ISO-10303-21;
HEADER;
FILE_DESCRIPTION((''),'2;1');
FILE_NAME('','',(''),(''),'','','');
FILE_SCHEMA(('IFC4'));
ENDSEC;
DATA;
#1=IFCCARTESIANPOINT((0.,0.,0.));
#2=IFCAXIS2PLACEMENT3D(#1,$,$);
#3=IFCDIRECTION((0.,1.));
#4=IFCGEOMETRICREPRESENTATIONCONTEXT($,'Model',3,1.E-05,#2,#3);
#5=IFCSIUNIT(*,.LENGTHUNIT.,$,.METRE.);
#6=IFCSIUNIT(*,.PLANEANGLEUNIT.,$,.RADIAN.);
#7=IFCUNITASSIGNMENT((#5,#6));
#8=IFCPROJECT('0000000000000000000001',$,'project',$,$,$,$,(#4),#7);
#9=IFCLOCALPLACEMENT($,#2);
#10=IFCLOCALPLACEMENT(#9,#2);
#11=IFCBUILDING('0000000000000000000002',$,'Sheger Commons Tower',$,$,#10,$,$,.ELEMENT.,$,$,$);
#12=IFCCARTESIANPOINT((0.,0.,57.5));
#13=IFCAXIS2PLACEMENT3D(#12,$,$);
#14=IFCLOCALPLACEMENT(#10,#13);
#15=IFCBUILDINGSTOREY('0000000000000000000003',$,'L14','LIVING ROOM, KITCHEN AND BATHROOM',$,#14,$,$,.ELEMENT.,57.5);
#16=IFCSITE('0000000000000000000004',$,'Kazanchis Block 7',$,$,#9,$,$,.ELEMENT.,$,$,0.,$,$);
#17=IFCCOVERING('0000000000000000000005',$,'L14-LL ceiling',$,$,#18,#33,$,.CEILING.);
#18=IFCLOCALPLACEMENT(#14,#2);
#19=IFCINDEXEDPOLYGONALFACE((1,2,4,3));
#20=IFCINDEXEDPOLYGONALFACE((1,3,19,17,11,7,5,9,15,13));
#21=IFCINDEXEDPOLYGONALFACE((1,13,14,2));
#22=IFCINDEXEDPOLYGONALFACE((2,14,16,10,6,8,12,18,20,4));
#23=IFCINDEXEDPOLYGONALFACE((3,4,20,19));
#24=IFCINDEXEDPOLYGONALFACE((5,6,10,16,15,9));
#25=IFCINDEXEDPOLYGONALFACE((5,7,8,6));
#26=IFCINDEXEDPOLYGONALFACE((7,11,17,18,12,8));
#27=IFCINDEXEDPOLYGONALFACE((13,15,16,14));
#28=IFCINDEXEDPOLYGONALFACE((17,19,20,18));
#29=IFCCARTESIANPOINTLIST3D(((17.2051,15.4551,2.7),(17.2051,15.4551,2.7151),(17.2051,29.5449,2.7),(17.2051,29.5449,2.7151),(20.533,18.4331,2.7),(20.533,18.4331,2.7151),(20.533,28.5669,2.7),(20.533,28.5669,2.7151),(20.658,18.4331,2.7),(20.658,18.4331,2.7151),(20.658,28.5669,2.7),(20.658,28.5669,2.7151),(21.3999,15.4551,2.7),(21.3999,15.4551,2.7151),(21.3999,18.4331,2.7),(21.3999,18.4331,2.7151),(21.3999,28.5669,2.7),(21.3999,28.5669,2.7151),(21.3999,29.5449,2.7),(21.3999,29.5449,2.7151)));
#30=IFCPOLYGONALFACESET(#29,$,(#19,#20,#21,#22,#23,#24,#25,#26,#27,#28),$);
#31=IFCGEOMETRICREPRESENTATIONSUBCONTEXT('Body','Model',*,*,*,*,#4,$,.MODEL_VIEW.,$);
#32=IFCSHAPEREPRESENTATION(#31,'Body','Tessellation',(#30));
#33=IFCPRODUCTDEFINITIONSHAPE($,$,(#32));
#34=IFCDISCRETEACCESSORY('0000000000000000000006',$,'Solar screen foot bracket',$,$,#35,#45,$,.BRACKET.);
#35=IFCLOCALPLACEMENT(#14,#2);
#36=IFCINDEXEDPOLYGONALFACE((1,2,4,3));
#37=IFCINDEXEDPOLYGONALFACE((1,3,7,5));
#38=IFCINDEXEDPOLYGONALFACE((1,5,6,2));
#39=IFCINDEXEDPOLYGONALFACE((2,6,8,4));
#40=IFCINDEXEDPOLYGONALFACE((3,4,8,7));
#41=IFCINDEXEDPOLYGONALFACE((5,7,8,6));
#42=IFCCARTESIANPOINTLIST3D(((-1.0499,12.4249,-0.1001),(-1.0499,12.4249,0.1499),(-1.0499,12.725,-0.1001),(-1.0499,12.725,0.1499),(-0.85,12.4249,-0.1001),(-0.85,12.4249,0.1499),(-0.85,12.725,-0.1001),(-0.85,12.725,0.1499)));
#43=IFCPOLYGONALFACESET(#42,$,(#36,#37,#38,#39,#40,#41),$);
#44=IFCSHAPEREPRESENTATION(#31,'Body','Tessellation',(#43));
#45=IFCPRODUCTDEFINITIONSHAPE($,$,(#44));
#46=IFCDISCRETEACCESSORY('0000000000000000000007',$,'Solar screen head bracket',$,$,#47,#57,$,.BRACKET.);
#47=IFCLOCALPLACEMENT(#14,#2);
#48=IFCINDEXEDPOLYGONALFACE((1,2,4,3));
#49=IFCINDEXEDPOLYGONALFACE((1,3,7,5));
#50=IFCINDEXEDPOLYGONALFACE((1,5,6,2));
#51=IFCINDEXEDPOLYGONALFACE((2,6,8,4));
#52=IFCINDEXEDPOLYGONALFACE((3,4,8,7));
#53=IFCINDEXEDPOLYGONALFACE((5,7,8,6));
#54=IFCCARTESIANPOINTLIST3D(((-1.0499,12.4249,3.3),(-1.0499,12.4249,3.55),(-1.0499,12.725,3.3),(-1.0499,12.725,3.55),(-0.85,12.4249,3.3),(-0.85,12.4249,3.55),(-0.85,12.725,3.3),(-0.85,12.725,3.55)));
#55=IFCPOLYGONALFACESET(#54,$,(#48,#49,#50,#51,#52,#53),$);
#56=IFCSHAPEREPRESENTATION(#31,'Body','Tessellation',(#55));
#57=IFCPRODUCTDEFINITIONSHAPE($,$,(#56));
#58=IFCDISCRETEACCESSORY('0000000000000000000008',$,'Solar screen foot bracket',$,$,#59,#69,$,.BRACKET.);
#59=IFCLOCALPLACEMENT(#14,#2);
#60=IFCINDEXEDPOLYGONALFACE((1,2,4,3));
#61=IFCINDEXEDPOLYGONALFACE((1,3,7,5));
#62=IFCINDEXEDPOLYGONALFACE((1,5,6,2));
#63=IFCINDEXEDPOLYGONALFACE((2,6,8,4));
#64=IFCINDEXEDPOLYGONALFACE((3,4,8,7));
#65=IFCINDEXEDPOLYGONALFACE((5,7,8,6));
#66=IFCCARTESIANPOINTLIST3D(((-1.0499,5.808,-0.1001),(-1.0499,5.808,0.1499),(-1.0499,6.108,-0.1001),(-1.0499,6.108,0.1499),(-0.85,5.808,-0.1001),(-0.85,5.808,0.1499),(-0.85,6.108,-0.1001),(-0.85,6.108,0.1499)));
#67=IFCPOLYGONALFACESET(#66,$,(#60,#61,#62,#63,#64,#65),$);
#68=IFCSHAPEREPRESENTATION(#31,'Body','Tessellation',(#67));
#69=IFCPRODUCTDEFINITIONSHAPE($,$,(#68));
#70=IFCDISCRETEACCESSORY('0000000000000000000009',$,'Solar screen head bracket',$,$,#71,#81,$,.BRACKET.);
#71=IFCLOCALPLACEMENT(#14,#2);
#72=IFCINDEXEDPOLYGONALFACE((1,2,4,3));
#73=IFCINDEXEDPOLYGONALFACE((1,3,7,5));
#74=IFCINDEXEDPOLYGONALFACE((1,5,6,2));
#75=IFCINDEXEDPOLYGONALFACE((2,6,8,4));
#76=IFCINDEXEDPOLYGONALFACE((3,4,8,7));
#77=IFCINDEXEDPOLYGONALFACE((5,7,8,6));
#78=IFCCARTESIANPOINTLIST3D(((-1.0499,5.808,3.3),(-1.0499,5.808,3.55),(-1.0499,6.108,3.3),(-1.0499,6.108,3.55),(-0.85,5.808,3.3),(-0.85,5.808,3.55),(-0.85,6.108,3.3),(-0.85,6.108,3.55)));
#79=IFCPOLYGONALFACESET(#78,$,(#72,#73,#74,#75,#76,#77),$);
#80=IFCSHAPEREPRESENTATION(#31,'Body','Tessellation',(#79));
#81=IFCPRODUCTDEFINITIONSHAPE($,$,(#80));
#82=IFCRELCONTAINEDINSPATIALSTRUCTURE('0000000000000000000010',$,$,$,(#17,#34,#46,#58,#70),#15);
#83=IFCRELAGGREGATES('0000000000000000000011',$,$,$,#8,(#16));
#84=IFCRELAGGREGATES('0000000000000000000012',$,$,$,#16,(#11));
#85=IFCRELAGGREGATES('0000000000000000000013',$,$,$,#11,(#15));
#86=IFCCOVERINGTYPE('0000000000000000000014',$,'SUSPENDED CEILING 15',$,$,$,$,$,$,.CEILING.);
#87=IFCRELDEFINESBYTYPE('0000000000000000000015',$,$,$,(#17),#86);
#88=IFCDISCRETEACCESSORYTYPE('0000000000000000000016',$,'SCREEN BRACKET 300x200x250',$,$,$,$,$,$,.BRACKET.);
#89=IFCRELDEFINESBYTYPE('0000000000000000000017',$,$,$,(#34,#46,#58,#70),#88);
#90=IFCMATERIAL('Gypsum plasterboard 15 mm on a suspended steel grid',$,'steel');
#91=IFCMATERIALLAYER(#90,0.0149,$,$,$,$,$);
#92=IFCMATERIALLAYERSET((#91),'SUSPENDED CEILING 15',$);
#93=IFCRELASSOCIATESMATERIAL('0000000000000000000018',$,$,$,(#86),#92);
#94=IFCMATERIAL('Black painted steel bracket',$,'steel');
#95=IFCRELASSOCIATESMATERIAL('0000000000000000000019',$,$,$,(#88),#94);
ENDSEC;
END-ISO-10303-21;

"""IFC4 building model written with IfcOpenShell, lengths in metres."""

from ifc_helpers import new_model, si_unit, direction, frame, origin, origin_2d, place, context, subcontext, project, spatial, polyline, rectangle, outline, extrude, material, layer, layer_set, type_object, element, save


model = new_model("IFC4")

# Units and contexts
model_context = context("Model", 3, precision=1e-05, world=origin(), true_north=direction((0.0, 1.0)))
body_context = subcontext(model_context, "Body", "Model", "MODEL_VIEW")
ifc_project = project(units=[si_unit("LENGTHUNIT", "METRE"), si_unit("PLANEANGLEUNIT", "RADIAN")], contexts=[model_context])

# Site, building, storey
site_placement = place(None, origin())
site = spatial("IfcSite", under=ifc_project, at=site_placement, Name="Kazanchis Block 7", CompositionType="ELEMENT", RefElevation=0.0)
building_placement = place(site_placement, origin())
building = spatial("IfcBuilding", under=site, at=building_placement, Name="Sheger Commons Tower", CompositionType="ELEMENT")
storey_placement = place(building_placement, frame((0.0, 0.0, 57.5)))
storey = spatial("IfcBuildingStorey", under=building, at=storey_placement, Name="L14", Description="LIVING ROOM, KITCHEN AND BATHROOM", CompositionType="ELEMENT", Elevation=57.5)

# Covering
ifc_material_1 = material(Name="Gypsum plasterboard 15 mm on a suspended steel grid", Category="steel")
ifc_layer_1 = layer(ifc_material_1, 0.0149)
ifc_layer_set_1 = layer_set([ifc_layer_1], Name="SUSPENDED CEILING 15")
covering_type_1 = type_object("IfcCoveringType", Name="SUSPENDED CEILING 15", PredefinedType="CEILING", material=ifc_layer_set_1)
covering_1_placement = place(storey_placement, frame((0.0, 0.0, 2.7)))
element("IfcCovering", 1, at=covering_1_placement, inside=storey, type_object=covering_type_1, Name="L14-LL ceiling", PredefinedType="CEILING", context=body_context, shape_type="SweptSolid", body=[
    extrude(outline(polyline([(17.2051, 15.4551), (21.3999, 15.4551), (21.3999, 18.4331), (20.658, 18.4331), (20.533, 18.4331), (20.533, 28.5669), (20.658, 28.5669), (21.3999, 28.5669), (21.3999, 29.5449), (17.2051, 29.5449), (17.2051, 15.4551)])), origin(), (0.0, 0.0, 1.0), 0.0151),
])

# Discrete accessories
ifc_material_2 = material(Name="Black painted steel bracket", Category="steel")
discrete_accessory_type = type_object("IfcDiscreteAccessoryType", Name="SCREEN BRACKET 300x200x250", PredefinedType="BRACKET", material=ifc_material_2)
for number, where, z_axis, x_axis, name in (
    (2, (-0.95, 12.575, -0.1001), (0.0, 0.0, 1.0), (0.0, -1.0, 0.0), "Solar screen foot bracket"),
    (3, (-0.95, 12.575, 3.3), (0.0, 0.0, 1.0), (0.0, -1.0, 0.0), "Solar screen head bracket"),
    (4, (-0.95, 5.958, -0.1001), (0.0, 0.0, 1.0), (0.0, -1.0, 0.0), "Solar screen foot bracket"),
    (5, (-0.95, 5.958, 3.3), (0.0, 0.0, 1.0), (0.0, -1.0, 0.0), "Solar screen head bracket"),
):
    element("IfcDiscreteAccessory", number, at=place(storey_placement, frame(where, z_axis=z_axis, x_axis=x_axis)), inside=storey, type_object=discrete_accessory_type, Name=name, PredefinedType="BRACKET", context=body_context, shape_type="SweptSolid", body=[
        extrude(rectangle(XDim=0.3, YDim=0.2, at=origin_2d()), origin(), (0.0, 0.0, 1.0), 0.25),
    ])

save(model, "model.ifc")
